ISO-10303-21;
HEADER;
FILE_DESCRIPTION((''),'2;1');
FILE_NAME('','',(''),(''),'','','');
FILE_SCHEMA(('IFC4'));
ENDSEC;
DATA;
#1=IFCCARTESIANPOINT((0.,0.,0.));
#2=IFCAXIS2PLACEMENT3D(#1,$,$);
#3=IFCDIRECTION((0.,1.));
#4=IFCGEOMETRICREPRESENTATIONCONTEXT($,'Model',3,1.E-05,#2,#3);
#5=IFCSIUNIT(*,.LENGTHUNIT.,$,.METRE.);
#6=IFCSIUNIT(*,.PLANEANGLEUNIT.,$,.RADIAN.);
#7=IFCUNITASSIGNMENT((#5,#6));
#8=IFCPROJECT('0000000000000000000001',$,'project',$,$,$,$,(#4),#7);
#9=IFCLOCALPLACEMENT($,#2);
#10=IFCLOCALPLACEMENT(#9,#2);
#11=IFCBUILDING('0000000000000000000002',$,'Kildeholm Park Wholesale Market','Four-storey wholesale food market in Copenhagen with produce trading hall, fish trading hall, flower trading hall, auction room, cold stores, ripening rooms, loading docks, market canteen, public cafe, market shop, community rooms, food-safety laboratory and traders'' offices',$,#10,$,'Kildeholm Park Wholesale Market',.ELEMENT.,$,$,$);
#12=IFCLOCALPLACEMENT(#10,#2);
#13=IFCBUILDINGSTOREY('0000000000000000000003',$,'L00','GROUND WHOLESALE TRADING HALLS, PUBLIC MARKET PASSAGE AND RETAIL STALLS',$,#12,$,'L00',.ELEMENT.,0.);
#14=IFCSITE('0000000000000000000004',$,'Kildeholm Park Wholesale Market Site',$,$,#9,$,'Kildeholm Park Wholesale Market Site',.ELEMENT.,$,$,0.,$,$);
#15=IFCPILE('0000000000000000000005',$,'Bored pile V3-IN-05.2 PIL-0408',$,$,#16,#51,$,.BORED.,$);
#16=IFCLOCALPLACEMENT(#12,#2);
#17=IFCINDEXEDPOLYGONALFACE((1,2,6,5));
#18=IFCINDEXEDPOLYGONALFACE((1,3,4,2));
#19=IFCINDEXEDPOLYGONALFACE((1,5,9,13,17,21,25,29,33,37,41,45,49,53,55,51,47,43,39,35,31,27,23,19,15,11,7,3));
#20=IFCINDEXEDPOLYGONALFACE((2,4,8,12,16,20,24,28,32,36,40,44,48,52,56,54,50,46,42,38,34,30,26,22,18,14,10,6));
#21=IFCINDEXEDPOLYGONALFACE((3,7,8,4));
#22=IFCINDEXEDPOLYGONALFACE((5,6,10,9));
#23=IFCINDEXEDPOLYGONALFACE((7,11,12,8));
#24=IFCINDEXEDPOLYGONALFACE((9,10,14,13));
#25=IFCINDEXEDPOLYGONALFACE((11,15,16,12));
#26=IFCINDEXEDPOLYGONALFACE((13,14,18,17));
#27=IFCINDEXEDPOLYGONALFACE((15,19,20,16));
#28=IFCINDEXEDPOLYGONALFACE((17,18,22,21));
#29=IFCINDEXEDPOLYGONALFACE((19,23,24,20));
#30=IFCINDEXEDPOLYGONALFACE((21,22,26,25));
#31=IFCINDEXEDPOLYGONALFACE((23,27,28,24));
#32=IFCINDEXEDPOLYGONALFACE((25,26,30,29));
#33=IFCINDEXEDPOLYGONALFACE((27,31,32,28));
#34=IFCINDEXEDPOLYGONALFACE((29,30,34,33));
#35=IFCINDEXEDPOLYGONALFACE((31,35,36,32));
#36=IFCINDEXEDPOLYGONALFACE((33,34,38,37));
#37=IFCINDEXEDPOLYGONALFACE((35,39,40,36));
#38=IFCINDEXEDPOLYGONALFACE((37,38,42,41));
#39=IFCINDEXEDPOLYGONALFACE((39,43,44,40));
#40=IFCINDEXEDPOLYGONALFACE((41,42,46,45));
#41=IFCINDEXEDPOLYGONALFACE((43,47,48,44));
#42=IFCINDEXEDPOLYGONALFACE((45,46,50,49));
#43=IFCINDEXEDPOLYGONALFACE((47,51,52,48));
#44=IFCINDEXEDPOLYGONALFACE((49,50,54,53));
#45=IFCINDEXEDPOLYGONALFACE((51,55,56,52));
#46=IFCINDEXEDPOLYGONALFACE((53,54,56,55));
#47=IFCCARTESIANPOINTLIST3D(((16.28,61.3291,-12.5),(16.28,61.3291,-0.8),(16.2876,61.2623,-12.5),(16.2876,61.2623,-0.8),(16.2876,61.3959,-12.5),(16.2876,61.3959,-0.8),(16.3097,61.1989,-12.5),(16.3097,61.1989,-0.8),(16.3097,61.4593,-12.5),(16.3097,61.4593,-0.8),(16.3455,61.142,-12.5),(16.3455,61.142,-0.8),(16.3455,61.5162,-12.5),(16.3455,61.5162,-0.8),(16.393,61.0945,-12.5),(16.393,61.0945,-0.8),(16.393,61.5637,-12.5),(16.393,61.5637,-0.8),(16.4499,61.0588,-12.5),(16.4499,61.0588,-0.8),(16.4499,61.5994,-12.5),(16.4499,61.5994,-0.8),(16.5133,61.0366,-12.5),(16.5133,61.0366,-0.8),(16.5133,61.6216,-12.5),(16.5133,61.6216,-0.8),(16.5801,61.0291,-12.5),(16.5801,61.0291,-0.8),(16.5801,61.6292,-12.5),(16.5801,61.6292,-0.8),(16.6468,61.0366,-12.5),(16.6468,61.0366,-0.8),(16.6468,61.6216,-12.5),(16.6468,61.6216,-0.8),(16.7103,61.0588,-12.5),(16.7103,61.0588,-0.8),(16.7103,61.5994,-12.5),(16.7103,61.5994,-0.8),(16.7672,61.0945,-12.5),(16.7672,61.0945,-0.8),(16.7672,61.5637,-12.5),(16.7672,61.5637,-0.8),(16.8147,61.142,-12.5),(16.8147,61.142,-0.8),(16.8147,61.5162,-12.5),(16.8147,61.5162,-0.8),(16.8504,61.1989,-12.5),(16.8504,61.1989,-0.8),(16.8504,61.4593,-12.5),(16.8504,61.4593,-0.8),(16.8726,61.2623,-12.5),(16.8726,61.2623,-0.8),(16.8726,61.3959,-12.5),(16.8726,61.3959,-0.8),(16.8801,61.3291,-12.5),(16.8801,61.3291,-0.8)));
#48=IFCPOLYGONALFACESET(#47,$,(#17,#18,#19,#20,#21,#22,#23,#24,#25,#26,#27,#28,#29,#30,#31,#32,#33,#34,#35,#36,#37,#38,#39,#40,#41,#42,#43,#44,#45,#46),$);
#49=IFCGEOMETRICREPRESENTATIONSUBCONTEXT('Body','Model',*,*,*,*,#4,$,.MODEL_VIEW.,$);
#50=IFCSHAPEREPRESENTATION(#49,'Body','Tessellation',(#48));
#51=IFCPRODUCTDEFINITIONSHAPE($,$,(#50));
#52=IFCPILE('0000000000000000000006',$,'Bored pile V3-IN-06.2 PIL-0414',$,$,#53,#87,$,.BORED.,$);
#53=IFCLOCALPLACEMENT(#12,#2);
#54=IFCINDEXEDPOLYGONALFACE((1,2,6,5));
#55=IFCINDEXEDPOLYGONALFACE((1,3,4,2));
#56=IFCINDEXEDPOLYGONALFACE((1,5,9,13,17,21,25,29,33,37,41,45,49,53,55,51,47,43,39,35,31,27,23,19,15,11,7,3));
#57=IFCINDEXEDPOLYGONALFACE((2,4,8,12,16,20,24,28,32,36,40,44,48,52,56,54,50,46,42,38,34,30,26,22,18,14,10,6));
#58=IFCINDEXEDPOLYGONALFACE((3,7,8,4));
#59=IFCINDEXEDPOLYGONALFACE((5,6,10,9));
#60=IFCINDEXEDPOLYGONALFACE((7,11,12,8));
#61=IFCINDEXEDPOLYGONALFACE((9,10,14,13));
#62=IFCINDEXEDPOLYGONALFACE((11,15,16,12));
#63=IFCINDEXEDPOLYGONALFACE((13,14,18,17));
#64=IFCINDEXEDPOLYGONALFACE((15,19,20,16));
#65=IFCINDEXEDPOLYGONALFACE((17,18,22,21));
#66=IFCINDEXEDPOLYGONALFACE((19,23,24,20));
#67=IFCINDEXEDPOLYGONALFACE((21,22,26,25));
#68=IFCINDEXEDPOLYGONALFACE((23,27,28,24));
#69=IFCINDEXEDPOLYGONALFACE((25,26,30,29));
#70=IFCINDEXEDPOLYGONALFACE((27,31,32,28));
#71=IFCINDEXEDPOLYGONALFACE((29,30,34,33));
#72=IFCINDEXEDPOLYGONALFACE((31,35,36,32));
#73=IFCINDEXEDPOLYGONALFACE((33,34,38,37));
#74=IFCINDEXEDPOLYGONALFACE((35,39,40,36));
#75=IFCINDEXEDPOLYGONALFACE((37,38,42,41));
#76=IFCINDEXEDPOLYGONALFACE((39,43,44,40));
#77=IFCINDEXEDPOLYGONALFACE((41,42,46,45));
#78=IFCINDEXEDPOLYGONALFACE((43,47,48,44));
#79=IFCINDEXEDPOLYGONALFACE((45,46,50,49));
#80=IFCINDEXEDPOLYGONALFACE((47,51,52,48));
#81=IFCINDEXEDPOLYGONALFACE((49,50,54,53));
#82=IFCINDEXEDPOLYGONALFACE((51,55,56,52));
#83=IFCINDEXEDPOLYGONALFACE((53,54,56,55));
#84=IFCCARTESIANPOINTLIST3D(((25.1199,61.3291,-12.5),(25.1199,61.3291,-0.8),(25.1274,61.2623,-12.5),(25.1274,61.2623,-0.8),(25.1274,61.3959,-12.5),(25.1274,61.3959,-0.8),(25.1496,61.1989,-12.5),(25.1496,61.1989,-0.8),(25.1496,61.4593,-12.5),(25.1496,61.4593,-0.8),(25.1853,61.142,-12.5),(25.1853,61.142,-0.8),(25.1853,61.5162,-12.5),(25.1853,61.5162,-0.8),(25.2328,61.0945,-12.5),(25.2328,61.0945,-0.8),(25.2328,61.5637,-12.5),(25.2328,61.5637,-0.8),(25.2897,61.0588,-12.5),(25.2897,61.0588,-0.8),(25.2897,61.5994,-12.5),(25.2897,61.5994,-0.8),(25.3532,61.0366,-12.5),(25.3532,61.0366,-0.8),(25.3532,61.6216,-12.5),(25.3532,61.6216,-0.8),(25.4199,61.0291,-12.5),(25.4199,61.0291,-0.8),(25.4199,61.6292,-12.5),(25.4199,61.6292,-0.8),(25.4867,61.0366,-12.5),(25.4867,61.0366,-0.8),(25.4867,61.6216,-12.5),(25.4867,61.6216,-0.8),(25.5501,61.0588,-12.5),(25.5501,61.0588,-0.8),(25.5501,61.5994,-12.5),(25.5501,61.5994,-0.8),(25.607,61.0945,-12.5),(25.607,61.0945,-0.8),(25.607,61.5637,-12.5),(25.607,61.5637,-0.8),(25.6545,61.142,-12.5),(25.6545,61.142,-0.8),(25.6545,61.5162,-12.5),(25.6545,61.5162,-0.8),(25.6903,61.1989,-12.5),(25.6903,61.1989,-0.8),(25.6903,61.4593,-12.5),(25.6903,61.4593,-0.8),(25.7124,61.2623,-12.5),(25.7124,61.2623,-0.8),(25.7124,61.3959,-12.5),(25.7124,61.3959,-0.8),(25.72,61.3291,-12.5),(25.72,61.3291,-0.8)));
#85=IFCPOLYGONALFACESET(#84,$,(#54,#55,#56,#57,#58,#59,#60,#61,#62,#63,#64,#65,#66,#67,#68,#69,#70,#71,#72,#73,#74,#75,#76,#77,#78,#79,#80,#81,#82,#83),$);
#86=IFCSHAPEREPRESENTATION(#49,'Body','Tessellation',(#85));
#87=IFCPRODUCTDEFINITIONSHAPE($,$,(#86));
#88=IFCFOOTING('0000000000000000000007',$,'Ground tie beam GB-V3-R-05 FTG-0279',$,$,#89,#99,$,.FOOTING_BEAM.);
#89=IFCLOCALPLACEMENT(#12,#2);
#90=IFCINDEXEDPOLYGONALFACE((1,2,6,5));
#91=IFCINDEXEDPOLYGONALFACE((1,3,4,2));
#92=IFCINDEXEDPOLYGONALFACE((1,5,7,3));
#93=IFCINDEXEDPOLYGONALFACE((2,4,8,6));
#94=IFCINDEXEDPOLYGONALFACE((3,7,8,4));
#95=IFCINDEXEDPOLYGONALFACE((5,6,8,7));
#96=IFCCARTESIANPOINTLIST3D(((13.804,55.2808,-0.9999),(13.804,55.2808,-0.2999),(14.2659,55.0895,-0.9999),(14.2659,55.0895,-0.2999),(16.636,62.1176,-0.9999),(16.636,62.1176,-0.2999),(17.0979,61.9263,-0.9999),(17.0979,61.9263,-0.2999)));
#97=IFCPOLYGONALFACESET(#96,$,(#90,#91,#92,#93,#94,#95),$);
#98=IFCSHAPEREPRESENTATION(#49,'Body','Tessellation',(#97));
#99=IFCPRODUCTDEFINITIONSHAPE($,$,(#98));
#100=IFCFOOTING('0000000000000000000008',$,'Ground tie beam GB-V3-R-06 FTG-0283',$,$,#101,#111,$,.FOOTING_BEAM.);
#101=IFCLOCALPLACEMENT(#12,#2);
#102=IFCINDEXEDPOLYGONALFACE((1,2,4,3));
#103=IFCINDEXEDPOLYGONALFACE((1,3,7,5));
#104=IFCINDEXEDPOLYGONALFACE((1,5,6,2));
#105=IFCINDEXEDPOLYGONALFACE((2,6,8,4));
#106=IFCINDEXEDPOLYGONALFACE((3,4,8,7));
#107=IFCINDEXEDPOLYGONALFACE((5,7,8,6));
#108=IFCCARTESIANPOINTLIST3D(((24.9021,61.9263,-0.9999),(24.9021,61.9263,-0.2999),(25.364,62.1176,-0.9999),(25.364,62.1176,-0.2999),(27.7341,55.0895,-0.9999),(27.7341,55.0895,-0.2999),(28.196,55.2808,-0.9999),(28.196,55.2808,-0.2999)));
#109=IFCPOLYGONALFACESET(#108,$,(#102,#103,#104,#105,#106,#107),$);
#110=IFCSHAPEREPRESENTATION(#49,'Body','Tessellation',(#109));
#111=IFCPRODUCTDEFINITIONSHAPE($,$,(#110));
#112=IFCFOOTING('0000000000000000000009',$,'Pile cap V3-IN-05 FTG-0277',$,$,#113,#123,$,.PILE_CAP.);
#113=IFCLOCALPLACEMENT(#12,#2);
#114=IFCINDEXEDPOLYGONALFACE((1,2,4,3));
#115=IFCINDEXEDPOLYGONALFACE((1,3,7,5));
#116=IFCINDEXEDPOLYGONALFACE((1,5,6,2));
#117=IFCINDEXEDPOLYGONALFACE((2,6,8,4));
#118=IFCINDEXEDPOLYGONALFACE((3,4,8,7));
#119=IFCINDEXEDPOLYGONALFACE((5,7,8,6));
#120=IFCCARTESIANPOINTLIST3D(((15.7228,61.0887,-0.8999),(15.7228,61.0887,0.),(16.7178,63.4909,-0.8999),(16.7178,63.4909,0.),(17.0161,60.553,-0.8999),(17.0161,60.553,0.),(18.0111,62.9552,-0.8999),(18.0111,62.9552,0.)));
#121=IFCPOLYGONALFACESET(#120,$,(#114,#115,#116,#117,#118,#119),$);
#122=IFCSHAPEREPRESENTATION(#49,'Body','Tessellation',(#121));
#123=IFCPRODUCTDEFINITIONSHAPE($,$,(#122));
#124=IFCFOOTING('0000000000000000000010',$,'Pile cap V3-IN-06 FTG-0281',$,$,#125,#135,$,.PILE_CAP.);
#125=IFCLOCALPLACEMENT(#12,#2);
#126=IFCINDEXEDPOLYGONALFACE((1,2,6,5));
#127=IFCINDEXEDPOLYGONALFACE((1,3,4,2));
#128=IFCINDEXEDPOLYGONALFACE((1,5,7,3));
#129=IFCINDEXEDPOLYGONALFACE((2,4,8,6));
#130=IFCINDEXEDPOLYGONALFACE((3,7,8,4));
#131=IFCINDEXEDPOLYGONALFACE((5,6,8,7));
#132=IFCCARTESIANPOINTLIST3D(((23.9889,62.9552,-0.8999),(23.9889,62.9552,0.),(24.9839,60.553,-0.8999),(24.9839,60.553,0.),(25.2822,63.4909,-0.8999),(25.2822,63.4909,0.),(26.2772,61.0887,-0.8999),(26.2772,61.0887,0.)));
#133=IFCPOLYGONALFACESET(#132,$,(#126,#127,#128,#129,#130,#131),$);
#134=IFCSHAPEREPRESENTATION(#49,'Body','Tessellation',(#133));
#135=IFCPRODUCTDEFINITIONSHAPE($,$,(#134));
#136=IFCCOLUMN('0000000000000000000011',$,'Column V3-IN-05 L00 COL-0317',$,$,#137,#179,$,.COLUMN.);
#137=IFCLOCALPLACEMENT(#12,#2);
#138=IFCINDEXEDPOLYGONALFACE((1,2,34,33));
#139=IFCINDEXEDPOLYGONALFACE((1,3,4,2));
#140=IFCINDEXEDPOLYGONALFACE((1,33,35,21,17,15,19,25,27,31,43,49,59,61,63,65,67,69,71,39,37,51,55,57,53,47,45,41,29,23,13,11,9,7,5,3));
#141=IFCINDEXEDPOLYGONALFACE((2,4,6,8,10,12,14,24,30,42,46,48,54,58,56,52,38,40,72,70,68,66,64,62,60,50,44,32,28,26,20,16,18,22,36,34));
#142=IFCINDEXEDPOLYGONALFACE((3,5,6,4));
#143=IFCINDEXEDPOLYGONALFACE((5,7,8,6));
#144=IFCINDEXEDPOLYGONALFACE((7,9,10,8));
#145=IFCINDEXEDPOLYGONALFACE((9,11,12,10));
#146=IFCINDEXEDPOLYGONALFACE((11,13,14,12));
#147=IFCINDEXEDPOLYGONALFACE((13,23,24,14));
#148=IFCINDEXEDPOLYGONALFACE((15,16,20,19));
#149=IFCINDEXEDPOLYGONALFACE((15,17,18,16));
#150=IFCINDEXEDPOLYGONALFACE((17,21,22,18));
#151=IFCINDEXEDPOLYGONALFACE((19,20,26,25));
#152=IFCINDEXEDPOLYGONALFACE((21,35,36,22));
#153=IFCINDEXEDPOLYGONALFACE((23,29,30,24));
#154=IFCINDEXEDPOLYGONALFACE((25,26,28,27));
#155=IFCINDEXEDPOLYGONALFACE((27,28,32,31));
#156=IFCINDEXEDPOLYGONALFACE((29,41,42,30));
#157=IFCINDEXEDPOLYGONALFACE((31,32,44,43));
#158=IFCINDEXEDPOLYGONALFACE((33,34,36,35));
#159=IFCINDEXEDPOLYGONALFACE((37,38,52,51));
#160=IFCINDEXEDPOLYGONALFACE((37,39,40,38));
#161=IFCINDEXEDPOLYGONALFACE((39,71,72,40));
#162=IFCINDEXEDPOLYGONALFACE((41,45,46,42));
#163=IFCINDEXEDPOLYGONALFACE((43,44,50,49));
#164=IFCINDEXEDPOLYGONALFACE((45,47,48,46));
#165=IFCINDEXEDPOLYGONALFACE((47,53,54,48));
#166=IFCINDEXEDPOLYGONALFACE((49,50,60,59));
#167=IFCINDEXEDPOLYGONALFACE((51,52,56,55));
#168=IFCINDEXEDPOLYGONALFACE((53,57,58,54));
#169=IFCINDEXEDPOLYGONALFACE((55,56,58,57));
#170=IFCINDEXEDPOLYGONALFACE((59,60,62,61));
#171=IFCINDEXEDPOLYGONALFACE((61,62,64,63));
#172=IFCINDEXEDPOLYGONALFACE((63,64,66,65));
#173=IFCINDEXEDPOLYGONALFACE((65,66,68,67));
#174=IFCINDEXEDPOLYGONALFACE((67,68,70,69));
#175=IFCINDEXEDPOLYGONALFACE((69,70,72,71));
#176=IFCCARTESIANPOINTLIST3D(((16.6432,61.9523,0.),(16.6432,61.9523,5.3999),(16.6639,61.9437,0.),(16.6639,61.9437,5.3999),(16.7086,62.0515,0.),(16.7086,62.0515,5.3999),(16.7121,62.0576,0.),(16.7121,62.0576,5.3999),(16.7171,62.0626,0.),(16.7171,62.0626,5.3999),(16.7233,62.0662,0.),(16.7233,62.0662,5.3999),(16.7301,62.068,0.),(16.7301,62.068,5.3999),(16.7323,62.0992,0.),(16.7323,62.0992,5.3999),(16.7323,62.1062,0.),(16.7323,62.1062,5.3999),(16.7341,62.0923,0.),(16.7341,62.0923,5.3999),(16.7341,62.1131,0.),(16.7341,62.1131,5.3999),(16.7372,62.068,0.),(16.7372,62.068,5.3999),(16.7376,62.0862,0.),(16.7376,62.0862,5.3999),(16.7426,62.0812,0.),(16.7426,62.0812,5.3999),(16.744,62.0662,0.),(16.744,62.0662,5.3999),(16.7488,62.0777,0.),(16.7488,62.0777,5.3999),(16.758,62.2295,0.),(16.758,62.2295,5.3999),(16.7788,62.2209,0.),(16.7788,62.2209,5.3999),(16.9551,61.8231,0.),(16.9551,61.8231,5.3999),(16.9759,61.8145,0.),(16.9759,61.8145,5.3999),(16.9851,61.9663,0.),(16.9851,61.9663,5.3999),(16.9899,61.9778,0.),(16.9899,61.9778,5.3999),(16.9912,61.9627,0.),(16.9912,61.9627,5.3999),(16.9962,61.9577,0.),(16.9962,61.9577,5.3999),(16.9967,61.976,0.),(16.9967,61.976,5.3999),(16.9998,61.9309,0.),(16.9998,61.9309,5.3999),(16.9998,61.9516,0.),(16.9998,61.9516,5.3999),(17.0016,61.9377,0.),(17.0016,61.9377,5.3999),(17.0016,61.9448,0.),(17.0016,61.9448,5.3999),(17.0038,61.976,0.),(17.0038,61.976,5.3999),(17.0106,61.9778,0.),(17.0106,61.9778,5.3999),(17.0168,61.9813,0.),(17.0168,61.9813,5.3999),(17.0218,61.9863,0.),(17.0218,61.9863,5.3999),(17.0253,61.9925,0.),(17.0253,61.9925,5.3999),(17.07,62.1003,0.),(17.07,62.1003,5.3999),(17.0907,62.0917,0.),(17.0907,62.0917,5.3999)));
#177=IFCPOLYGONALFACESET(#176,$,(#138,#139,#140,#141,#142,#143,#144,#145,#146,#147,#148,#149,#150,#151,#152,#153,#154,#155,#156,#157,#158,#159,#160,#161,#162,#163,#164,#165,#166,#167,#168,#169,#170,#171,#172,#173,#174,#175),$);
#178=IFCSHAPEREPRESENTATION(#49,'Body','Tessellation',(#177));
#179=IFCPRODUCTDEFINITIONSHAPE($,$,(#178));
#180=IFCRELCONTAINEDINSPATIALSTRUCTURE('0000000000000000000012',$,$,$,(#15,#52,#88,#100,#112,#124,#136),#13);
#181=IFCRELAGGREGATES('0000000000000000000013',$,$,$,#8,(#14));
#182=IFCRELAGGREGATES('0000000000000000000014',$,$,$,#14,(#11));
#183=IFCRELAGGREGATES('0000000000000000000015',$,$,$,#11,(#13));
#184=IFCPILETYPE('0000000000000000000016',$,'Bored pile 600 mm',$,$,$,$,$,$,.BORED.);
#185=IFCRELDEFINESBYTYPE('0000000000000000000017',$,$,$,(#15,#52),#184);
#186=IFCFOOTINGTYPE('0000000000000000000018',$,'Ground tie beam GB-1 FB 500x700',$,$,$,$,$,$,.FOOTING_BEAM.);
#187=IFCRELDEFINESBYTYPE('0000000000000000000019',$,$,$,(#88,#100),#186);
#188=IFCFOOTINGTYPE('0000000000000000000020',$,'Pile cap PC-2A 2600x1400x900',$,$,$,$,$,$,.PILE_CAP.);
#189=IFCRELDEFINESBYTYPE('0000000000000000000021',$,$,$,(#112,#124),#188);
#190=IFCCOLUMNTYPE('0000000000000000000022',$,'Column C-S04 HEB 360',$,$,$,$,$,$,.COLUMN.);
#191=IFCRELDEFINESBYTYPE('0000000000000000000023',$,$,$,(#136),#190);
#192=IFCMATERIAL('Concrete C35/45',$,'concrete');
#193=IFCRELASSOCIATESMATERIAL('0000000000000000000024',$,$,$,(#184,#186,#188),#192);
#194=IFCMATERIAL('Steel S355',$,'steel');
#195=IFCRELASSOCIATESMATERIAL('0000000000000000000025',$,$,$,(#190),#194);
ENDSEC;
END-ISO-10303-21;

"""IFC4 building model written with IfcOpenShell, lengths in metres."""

from ifc_helpers import new_model, si_unit, direction, frame, origin, origin_2d, place, context, subcontext, project, spatial, rectangle, circle, i_section, extrude, material, material_profile, profile_set, type_object, element, save


model = new_model("IFC4")

# Units and contexts
model_context = context("Model", 3, precision=1e-05, world=origin(), true_north=direction((0.0, 1.0)))
body_context = subcontext(model_context, "Body", "Model", "MODEL_VIEW")
ifc_project = project(units=[si_unit("LENGTHUNIT", "METRE"), si_unit("PLANEANGLEUNIT", "RADIAN")], contexts=[model_context])

# Site, building, storey
site_placement = place(None, origin())
site = spatial("IfcSite", under=ifc_project, at=site_placement, Name="Kildeholm Park Wholesale Market Site", LongName="Kildeholm Park Wholesale Market Site", CompositionType="ELEMENT", RefElevation=0.0)
building_placement = place(site_placement, origin())
building = spatial("IfcBuilding", under=site, at=building_placement, Name="Kildeholm Park Wholesale Market", Description="Four-storey wholesale food market in Copenhagen with produce trading hall, fish trading hall, flower trading hall, auction room, cold stores, ripening rooms, loading docks, market canteen, public cafe, market shop, community rooms, food-safety laboratory and traders' offices", LongName="Kildeholm Park Wholesale Market", CompositionType="ELEMENT")
storey_placement = place(building_placement, origin())
storey = spatial("IfcBuildingStorey", under=building, at=storey_placement, Name="L00", Description="GROUND WHOLESALE TRADING HALLS, PUBLIC MARKET PASSAGE AND RETAIL STALLS", LongName="L00", CompositionType="ELEMENT", Elevation=0.0)

# Piles
ifc_material_1 = material(Name="Concrete C35/45", Category="concrete")
ifc_material_profile_1 = material_profile(ifc_material_1, circle(Radius=0.3, at=origin_2d()), Name="PILE D600")
ifc_profile_set_1 = profile_set([ifc_material_profile_1], Name="Concrete C35/45")
pile_type = type_object("IfcPileType", Name="Bored pile 600 mm", PredefinedType="BORED", material=ifc_profile_set_1)
for number, where, z_axis, x_axis, name in (
    (1, (16.5801, 61.3291, -0.8), (0.0, 0.0, -1.0), (1.0, 0.0, 0.0), "Bored pile V3-IN-05.2 PIL-0408"),
    (2, (25.4199, 61.3291, -0.8), (0.0, 0.0, -1.0), (1.0, 0.0, 0.0), "Bored pile V3-IN-06.2 PIL-0414"),
):
    element("IfcPile", number, at=place(storey_placement, frame(where, z_axis=z_axis, x_axis=x_axis)), inside=storey, type_object=pile_type, Name=name, PredefinedType="BORED", context=body_context, shape_type="SweptSolid", body=[
        extrude(circle(Radius=0.3, at=origin_2d()), origin(), (0.0, 0.0, 1.0), 11.7),
    ])

# Footings
ifc_material_profile_2 = material_profile(ifc_material_1, rectangle(XDim=0.5, YDim=0.7, at=origin_2d()), Name="FB 500x700")
ifc_profile_set_2 = profile_set([ifc_material_profile_2], Name="Concrete C35/45")
footing_type_1 = type_object("IfcFootingType", Name="Ground tie beam GB-1 FB 500x700", PredefinedType="FOOTING_BEAM", material=ifc_profile_set_2)
for number, where, z_axis, x_axis, name in (
    (3, (16.8669, 62.022, -0.6499), (-0.382694, -0.923875, 0.0), (0.923875, -0.382694, 0.0), "Ground tie beam GB-V3-R-05 FTG-0279"),
    (4, (25.1331, 62.022, -0.6499), (0.382694, -0.923875, 0.0), (0.923875, 0.382694, 0.0), "Ground tie beam GB-V3-R-06 FTG-0283"),
):
    element("IfcFooting", number, at=place(storey_placement, frame(where, z_axis=z_axis, x_axis=x_axis)), inside=storey, type_object=footing_type_1, Name=name, PredefinedType="FOOTING_BEAM", context=body_context, shape_type="SweptSolid", body=[
        extrude(rectangle(XDim=0.5, YDim=0.7, at=origin_2d()), origin(), (0.0, 0.0, 1.0), 7.4001),
    ])
footing_type_2 = type_object("IfcFootingType", Name="Pile cap PC-2A 2600x1400x900", PredefinedType="PILE_CAP", material=ifc_material_1)
for number, where, z_axis, x_axis, name in (
    (5, (16.8669, 62.022, -0.8999), (0.0, 0.0, 1.0), (-0.382683, -0.92388, 0.0), "Pile cap V3-IN-05 FTG-0277"),
    (6, (25.1331, 62.022, -0.8999), (0.0, 0.0, 1.0), (0.382683, -0.92388, 0.0), "Pile cap V3-IN-06 FTG-0281"),
):
    element("IfcFooting", number, at=place(storey_placement, frame(where, z_axis=z_axis, x_axis=x_axis)), inside=storey, type_object=footing_type_2, Name=name, PredefinedType="PILE_CAP", context=body_context, shape_type="SweptSolid", body=[
        extrude(rectangle(XDim=2.6001, YDim=1.3999, at=origin_2d()), origin(), (0.0, 0.0, 1.0), 0.8999),
    ])

# Column
ifc_material_2 = material(Name="Steel S355", Category="steel")
ifc_material_profile_3 = material_profile(ifc_material_2, i_section(OverallWidth=0.3, OverallDepth=0.3601, WebThickness=0.0125, FlangeThickness=0.0225, FilletRadius=0.0271, at=origin_2d()), Name="HEB 360")
ifc_profile_set_3 = profile_set([ifc_material_profile_3], Name="Steel S355")
column_type = type_object("IfcColumnType", Name="Column C-S04 HEB 360", PredefinedType="COLUMN", material=ifc_profile_set_3)
for number, where, z_axis, x_axis, name in (
    (7, (16.8669, 62.022, 0.0), (0.0, 0.0, 1.0), (-0.382683, -0.92388, 0.0), "Column V3-IN-05 L00 COL-0317"),
):
    element("IfcColumn", number, at=place(storey_placement, frame(where, z_axis=z_axis, x_axis=x_axis)), inside=storey, type_object=column_type, Name=name, PredefinedType="COLUMN", context=body_context, shape_type="SweptSolid", body=[
        extrude(i_section(OverallWidth=0.3, OverallDepth=0.3601, WebThickness=0.0125, FlangeThickness=0.0225, FilletRadius=0.0271, at=origin_2d()), origin(), (0.0, 0.0, 1.0), 5.3999),
    ])

save(model, "model.ifc")
